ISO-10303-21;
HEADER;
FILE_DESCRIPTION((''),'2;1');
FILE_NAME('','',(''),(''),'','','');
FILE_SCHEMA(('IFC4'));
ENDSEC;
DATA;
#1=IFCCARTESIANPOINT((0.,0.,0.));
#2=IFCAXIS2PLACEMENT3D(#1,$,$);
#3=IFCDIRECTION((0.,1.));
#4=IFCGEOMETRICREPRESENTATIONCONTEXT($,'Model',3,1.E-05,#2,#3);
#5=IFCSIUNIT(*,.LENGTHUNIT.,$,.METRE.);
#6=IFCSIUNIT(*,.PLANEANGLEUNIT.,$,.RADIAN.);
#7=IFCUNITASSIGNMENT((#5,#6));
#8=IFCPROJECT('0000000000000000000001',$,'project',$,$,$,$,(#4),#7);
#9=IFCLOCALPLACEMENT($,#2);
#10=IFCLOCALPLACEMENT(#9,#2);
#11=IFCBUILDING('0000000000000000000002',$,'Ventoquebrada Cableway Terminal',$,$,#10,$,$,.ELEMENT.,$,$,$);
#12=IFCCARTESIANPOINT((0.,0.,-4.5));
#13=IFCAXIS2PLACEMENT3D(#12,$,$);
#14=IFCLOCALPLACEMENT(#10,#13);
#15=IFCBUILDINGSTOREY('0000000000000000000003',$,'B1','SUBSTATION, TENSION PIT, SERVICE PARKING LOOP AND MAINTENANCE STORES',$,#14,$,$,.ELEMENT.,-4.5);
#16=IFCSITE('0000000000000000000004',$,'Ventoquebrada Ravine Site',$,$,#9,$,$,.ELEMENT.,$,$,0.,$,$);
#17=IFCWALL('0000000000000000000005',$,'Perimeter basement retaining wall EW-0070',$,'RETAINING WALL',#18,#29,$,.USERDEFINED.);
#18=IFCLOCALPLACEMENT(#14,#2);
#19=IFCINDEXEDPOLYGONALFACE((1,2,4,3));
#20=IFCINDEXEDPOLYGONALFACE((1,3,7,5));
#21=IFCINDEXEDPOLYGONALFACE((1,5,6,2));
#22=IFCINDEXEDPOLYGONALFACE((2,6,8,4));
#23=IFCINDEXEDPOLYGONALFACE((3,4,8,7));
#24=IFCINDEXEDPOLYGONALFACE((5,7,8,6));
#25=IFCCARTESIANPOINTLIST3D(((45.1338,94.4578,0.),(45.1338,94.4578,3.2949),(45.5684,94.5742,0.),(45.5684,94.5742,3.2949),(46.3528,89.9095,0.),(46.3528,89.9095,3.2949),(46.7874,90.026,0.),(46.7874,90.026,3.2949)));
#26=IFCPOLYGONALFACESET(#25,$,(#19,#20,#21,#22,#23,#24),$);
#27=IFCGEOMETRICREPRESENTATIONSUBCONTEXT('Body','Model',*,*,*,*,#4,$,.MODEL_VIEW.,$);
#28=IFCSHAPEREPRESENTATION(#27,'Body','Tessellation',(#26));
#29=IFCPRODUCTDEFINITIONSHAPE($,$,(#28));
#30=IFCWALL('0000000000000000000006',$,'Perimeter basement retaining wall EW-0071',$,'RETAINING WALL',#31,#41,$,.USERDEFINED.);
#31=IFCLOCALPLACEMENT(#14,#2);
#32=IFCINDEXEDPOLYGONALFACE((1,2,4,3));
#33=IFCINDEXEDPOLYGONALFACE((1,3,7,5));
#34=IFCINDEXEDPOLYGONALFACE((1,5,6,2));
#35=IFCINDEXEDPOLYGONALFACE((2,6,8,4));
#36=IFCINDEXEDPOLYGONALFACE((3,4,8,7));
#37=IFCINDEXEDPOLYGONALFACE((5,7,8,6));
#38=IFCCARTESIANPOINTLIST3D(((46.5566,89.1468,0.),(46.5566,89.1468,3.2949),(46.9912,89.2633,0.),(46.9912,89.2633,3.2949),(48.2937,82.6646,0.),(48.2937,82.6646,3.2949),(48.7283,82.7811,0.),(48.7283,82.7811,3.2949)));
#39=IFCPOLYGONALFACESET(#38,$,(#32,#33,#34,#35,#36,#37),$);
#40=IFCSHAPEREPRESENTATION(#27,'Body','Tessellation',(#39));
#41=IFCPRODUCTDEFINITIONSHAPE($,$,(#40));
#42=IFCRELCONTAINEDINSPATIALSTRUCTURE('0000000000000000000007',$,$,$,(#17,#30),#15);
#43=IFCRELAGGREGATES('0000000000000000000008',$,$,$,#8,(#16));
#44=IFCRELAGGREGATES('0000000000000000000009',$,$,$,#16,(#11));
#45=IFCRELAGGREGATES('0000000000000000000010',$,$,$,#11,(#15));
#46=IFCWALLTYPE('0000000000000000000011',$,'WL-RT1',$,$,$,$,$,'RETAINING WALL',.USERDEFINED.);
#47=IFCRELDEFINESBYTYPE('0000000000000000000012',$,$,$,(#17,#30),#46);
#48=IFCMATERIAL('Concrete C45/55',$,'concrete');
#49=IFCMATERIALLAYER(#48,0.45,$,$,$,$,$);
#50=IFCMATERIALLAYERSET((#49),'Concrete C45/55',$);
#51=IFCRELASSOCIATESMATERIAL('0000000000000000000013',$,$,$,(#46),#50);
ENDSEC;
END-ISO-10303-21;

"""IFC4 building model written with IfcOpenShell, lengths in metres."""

from ifc_helpers import new_model, si_unit, direction, frame, frame_2d, origin, place, context, subcontext, project, spatial, rectangle, extrude, material, layer, layer_set, type_object, element, save


model = new_model("IFC4")

# Units and contexts
model_context = context("Model", 3, precision=1e-05, world=origin(), true_north=direction((0.0, 1.0)))
body_context = subcontext(model_context, "Body", "Model", "MODEL_VIEW")
ifc_project = project(units=[si_unit("LENGTHUNIT", "METRE"), si_unit("PLANEANGLEUNIT", "RADIAN")], contexts=[model_context])

# Site, building, storey
site_placement = place(None, origin())
site = spatial("IfcSite", under=ifc_project, at=site_placement, Name="Ventoquebrada Ravine Site", CompositionType="ELEMENT", RefElevation=0.0)
building_placement = place(site_placement, origin())
building = spatial("IfcBuilding", under=site, at=building_placement, Name="Ventoquebrada Cableway Terminal", CompositionType="ELEMENT")
storey_placement = place(building_placement, frame((0.0, 0.0, -4.5)))
storey = spatial("IfcBuildingStorey", under=building, at=storey_placement, Name="B1", Description="SUBSTATION, TENSION PIT, SERVICE PARKING LOOP AND MAINTENANCE STORES", CompositionType="ELEMENT", Elevation=-4.5)

# Walls
ifc_material_1 = material(Name="Concrete C45/55", Category="concrete")
ifc_layer_1 = layer(ifc_material_1, 0.45)
ifc_layer_set_1 = layer_set([ifc_layer_1], Name="Concrete C45/55")
wall_type_1 = type_object("IfcWallType", Name="WL-RT1", ElementType="RETAINING WALL", PredefinedType="USERDEFINED", material=ifc_layer_set_1)
wall_1_placement = place(storey_placement, frame((45.3511, 94.5161, 0.0), z_axis=(0.0, 0.0, 1.0), x_axis=(0.258886, -0.965908, 0.0)))
element("IfcWall", 1, at=wall_1_placement, inside=storey, type_object=wall_type_1, Name="Perimeter basement retaining wall EW-0070", ObjectType="RETAINING WALL", PredefinedType="USERDEFINED", context=body_context, shape_type="SweptSolid", body=[
    extrude(rectangle(XDim=4.7087, YDim=0.45, at=frame_2d((2.3545, 0.0))), origin(), (0.0, 0.0, 1.0), 3.2949),
])
wall_2_placement = place(storey_placement, frame((46.7739, 89.2051, 0.0), z_axis=(0.0, 0.0, 1.0), x_axis=(0.258842, -0.96592, 0.0)))
element("IfcWall", 2, at=wall_2_placement, inside=storey, type_object=wall_type_1, Name="Perimeter basement retaining wall EW-0071", ObjectType="RETAINING WALL", PredefinedType="USERDEFINED", context=body_context, shape_type="SweptSolid", body=[
    extrude(rectangle(XDim=6.7109, YDim=0.45, at=frame_2d((3.3555, 0.0))), origin(), (0.0, 0.0, 1.0), 3.2949),
])

save(model, "model.ifc")
